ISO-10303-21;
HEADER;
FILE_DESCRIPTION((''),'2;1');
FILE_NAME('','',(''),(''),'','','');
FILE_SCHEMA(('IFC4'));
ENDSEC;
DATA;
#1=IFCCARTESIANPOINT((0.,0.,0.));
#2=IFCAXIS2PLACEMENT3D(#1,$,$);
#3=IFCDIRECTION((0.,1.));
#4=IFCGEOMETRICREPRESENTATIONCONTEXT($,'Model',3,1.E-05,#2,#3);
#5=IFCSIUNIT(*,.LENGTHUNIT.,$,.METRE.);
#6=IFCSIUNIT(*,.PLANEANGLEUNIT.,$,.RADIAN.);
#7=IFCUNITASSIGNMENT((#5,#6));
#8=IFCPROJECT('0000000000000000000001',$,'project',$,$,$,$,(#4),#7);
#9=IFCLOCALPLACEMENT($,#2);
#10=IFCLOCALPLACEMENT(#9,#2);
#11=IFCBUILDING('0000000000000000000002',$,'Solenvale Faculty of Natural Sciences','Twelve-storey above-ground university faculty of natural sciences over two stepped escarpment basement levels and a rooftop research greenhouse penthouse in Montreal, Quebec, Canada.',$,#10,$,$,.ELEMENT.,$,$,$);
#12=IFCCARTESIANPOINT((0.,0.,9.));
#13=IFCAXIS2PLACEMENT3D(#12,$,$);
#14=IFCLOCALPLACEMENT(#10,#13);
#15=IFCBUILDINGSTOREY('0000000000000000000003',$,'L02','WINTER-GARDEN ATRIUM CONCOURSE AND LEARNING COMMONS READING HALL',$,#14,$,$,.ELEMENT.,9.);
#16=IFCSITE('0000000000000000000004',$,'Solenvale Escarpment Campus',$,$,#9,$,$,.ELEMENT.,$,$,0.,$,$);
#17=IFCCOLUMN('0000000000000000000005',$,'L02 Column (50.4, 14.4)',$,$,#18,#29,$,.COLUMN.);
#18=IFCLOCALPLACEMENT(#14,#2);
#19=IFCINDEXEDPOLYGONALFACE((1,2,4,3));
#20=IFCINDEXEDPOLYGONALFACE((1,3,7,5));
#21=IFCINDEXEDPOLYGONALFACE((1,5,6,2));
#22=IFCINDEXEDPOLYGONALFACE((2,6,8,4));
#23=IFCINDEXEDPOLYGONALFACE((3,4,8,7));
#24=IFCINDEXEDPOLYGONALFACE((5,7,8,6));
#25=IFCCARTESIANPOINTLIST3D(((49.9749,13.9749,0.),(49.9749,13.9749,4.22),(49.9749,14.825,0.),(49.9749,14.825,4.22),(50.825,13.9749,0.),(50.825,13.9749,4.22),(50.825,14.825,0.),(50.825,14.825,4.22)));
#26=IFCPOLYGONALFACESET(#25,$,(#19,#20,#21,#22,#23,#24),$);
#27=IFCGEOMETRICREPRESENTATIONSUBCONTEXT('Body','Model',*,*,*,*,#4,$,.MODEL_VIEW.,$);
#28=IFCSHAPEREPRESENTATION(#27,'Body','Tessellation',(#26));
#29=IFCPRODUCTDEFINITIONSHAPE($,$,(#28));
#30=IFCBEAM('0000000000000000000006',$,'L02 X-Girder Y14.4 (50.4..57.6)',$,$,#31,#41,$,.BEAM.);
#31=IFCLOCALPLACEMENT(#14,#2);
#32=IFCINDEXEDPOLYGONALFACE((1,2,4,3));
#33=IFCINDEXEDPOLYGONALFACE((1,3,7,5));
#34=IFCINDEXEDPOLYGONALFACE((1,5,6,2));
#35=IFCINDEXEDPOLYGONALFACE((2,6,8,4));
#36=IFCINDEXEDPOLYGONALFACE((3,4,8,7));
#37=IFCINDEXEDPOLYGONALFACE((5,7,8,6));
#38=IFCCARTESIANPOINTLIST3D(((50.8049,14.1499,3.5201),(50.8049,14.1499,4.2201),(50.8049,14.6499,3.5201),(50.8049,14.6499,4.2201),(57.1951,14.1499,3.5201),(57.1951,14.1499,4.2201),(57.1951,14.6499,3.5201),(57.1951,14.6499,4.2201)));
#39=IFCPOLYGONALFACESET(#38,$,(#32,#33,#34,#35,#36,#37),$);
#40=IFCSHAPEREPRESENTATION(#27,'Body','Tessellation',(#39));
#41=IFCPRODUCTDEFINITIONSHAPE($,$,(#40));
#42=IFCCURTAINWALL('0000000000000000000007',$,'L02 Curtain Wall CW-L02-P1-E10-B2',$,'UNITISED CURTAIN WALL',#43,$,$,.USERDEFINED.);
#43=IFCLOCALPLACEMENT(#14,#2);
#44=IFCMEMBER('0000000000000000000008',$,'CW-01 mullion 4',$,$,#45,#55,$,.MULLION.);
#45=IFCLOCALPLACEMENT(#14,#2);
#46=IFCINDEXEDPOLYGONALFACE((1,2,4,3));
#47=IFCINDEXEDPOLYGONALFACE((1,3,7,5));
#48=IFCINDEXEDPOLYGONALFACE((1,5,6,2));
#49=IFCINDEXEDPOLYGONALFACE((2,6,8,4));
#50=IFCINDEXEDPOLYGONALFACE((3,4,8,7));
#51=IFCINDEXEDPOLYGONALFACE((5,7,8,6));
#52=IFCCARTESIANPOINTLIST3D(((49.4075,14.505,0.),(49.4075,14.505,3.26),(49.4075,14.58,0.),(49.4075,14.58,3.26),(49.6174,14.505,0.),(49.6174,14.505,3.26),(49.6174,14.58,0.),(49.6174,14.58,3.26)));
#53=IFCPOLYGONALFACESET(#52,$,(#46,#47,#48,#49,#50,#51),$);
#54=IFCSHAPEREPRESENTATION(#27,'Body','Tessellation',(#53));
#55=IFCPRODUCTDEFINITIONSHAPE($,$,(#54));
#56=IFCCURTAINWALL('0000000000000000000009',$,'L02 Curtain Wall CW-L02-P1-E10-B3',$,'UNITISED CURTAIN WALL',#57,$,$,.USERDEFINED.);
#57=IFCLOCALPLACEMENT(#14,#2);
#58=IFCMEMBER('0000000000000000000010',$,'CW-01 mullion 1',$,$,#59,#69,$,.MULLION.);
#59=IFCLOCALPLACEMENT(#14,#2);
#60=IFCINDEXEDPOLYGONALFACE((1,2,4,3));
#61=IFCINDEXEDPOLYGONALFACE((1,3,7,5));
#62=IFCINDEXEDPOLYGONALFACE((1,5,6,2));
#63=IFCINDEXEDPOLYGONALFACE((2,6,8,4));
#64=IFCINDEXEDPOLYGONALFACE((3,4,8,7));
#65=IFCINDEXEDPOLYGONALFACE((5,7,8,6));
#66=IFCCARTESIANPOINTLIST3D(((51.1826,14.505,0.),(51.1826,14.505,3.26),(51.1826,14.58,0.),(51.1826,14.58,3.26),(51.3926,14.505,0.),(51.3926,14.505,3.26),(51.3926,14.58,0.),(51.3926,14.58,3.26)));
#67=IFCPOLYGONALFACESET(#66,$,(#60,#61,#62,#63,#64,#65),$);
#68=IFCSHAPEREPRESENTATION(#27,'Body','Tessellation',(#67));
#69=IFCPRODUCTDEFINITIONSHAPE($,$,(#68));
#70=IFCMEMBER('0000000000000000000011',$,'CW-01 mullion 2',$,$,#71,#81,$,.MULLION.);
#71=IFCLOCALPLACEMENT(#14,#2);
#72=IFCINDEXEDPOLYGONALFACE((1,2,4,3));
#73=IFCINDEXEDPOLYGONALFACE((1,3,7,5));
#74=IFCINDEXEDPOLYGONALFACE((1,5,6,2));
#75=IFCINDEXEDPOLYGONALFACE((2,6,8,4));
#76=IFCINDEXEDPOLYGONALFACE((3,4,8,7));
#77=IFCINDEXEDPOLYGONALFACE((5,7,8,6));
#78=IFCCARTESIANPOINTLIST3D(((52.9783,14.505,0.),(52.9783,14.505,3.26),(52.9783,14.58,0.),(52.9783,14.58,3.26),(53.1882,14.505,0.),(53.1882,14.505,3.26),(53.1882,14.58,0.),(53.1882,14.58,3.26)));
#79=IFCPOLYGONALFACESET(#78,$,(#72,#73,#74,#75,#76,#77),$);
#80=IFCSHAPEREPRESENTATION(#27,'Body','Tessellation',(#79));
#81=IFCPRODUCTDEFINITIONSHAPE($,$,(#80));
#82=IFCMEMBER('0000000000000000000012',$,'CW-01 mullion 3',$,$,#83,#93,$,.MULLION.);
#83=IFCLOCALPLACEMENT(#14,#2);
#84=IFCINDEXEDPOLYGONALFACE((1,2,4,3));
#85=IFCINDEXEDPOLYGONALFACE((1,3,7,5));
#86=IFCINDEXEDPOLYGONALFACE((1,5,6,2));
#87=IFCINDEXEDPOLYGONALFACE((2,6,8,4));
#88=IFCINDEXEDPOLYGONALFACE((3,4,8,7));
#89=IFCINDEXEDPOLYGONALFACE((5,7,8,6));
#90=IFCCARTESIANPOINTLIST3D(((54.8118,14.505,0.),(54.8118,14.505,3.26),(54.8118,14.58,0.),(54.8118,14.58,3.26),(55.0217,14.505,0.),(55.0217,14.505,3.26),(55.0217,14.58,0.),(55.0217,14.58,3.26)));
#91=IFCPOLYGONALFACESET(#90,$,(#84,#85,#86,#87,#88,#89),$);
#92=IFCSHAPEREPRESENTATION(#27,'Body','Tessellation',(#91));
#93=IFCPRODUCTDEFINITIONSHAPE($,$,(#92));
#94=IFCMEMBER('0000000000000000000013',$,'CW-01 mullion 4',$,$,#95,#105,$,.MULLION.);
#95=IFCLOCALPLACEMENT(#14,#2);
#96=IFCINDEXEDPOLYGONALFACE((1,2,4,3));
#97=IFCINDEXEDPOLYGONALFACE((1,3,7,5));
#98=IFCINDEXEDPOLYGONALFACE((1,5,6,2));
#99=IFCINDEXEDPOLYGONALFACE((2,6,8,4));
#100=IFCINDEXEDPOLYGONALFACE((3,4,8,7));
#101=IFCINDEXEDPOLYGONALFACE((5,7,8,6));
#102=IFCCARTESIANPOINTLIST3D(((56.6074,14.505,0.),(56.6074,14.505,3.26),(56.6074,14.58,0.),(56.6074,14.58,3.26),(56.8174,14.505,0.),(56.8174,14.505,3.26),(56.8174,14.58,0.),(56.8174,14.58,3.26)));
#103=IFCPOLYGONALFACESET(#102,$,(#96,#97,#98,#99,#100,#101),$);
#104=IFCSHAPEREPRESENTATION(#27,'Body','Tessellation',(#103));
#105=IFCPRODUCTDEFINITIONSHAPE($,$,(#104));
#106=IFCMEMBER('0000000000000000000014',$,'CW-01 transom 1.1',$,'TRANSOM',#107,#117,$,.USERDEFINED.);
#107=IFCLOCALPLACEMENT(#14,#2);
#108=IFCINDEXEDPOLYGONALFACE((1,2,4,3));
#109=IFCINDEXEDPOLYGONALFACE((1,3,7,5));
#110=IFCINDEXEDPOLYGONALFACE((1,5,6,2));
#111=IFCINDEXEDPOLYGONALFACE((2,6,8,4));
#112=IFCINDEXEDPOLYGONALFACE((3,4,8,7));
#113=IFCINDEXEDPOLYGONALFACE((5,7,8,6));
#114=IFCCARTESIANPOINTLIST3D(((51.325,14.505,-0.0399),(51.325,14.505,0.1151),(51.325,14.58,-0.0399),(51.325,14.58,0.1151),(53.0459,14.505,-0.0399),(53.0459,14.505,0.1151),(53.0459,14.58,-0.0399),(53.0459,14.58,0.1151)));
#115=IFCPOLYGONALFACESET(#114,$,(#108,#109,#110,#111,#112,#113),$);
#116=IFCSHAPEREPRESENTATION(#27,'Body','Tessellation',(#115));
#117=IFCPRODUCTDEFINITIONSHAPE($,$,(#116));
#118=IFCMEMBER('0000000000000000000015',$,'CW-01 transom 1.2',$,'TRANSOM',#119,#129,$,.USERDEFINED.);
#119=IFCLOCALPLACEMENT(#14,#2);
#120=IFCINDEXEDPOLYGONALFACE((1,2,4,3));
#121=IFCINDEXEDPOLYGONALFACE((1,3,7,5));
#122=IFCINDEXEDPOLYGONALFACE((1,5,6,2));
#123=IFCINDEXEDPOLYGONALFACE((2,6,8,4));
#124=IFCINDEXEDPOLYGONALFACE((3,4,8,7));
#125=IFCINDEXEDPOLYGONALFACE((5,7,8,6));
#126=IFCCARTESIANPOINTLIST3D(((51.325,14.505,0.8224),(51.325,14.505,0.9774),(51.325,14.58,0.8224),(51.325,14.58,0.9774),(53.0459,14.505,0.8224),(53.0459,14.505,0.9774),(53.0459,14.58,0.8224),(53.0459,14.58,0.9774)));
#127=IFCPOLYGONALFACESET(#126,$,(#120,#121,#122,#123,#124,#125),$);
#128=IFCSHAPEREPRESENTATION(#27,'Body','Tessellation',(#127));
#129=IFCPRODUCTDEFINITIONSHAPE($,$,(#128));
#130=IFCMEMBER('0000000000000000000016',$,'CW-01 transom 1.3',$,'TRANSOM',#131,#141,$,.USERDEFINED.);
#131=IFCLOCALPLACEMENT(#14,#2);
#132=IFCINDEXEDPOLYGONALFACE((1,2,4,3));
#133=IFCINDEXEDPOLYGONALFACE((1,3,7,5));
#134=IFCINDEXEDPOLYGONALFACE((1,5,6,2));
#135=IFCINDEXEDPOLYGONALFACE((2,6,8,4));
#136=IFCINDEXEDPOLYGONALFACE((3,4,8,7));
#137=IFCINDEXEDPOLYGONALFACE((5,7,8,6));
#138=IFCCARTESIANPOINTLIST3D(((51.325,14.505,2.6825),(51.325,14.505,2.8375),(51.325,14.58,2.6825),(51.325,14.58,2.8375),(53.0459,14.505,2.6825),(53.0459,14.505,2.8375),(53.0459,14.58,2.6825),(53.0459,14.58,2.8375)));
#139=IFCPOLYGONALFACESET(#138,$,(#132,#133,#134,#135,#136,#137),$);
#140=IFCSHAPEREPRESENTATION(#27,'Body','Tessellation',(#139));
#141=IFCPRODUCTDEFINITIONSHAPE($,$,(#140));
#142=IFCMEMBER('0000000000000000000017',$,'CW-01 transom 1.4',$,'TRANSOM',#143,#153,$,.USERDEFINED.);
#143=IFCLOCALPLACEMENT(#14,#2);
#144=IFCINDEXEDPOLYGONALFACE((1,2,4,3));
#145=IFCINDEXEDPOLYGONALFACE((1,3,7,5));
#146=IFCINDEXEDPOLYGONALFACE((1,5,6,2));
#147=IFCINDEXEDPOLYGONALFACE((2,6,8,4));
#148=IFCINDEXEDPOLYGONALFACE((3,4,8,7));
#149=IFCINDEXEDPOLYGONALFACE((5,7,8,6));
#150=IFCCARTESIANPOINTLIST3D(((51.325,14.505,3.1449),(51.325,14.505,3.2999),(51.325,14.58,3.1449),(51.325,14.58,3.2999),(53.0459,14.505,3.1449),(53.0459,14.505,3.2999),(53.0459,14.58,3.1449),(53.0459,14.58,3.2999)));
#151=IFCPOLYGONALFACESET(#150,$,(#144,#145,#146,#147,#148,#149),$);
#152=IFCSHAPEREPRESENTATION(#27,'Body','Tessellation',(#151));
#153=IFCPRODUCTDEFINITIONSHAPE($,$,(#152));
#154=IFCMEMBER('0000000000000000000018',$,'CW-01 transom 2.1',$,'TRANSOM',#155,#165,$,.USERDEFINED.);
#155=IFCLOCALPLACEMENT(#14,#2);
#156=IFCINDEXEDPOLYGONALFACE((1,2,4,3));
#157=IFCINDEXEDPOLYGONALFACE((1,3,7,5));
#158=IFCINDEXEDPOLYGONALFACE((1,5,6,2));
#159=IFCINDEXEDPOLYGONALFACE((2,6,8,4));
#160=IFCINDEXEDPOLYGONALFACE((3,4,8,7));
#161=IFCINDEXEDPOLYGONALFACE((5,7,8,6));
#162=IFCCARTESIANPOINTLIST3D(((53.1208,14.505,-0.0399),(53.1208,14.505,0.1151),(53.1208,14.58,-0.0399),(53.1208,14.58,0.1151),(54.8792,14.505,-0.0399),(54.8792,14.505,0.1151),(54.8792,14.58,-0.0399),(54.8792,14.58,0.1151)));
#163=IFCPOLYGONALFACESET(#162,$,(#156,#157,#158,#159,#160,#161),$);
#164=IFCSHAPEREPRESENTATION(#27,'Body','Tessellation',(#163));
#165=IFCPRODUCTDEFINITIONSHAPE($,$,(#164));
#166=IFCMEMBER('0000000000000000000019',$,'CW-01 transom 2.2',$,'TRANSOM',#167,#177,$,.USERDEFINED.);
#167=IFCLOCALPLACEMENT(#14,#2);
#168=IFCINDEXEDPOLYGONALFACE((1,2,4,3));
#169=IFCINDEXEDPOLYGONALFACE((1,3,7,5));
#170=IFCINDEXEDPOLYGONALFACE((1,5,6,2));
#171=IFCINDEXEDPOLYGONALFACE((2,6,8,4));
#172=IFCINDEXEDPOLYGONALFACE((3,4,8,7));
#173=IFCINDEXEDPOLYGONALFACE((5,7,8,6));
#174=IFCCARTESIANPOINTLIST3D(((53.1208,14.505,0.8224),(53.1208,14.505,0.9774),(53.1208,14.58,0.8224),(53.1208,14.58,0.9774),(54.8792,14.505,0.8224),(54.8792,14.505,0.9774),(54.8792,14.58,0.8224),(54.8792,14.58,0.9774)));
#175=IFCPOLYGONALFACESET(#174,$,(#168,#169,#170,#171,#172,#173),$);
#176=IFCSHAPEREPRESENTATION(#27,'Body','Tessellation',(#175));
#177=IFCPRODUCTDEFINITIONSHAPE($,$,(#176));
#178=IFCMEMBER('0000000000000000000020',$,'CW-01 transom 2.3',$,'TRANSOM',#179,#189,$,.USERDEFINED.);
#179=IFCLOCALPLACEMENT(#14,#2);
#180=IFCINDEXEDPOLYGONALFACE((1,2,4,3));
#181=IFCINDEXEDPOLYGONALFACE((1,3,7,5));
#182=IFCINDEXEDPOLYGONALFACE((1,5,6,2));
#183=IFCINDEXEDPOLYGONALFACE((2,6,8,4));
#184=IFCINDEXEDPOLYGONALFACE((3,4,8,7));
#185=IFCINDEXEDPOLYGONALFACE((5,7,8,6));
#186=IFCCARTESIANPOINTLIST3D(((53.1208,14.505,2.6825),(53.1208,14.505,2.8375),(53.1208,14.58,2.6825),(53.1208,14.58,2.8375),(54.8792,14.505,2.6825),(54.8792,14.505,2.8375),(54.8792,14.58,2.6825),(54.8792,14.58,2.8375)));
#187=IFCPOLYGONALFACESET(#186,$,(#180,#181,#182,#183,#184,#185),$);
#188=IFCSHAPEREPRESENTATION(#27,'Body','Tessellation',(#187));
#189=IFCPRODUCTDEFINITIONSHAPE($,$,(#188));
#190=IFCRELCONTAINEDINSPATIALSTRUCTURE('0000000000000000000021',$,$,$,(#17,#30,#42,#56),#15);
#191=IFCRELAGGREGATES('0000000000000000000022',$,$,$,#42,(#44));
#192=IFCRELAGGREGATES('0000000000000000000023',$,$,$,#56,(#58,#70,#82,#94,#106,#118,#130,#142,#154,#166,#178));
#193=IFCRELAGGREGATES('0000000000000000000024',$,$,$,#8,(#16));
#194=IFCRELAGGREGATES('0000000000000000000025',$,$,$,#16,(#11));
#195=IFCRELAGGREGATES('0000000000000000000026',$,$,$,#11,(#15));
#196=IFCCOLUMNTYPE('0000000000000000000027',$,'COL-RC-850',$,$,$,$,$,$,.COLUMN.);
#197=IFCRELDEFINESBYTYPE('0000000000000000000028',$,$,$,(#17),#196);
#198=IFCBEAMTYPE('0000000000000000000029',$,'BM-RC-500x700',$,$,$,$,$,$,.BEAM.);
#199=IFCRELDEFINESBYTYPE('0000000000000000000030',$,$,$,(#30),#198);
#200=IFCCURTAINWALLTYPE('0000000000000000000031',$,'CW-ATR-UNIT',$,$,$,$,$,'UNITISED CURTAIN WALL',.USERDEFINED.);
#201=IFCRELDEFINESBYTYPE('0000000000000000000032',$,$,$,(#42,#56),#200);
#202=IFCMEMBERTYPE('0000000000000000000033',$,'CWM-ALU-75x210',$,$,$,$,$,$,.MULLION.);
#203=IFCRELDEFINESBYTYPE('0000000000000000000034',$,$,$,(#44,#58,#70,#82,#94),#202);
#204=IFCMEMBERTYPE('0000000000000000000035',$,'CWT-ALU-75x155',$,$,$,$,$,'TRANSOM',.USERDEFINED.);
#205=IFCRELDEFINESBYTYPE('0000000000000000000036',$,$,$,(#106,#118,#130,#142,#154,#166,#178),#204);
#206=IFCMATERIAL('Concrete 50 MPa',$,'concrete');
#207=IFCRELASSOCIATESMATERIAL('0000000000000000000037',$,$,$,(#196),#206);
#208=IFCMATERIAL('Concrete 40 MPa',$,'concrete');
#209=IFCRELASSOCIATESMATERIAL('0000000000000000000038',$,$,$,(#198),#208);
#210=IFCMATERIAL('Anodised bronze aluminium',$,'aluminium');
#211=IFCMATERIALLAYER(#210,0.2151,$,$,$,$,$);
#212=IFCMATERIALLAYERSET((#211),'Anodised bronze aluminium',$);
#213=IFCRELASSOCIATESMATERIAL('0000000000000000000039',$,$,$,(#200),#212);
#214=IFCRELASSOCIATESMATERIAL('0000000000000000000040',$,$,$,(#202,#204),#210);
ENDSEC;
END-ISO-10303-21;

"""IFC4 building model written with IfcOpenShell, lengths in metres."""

from ifc_helpers import new_model, si_unit, direction, frame, origin, origin_2d, place, context, subcontext, project, spatial, rectangle, extrude, material, layer, layer_set, material_profile, profile_set, type_object, element, aggregate, save


model = new_model("IFC4")

# Units and contexts
model_context = context("Model", 3, precision=1e-05, world=origin(), true_north=direction((0.0, 1.0)))
body_context = subcontext(model_context, "Body", "Model", "MODEL_VIEW")
ifc_project = project(units=[si_unit("LENGTHUNIT", "METRE"), si_unit("PLANEANGLEUNIT", "RADIAN")], contexts=[model_context])

# Site, building, storey
site_placement = place(None, origin())
site = spatial("IfcSite", under=ifc_project, at=site_placement, Name="Solenvale Escarpment Campus", CompositionType="ELEMENT", RefElevation=0.0)
building_placement = place(site_placement, origin())
building = spatial("IfcBuilding", under=site, at=building_placement, Name="Solenvale Faculty of Natural Sciences", Description="Twelve-storey above-ground university faculty of natural sciences over two stepped escarpment basement levels and a rooftop research greenhouse penthouse in Montreal, Quebec, Canada.", CompositionType="ELEMENT")
storey_placement = place(building_placement, frame((0.0, 0.0, 9.0)))
storey = spatial("IfcBuildingStorey", under=building, at=storey_placement, Name="L02", Description="WINTER-GARDEN ATRIUM CONCOURSE AND LEARNING COMMONS READING HALL", CompositionType="ELEMENT", Elevation=9.0)

# Column
ifc_material_1 = material(Name="Concrete 50 MPa", Category="concrete")
ifc_material_profile_1 = material_profile(ifc_material_1, rectangle(XDim=0.8501, YDim=0.8501, at=origin_2d()), Name="RC-COL-850x850")
ifc_profile_set_1 = profile_set([ifc_material_profile_1], Name="Concrete 50 MPa")
column_type = type_object("IfcColumnType", Name="COL-RC-850", PredefinedType="COLUMN", material=ifc_profile_set_1)
column_placement = place(storey_placement, frame((50.3999, 14.3999, 0.0), z_axis=(0.0, 0.0, 1.0), x_axis=(1.0, 0.0, 0.0)))
element("IfcColumn", 1, at=column_placement, inside=storey, type_object=column_type, Name="L02 Column (50.4, 14.4)", PredefinedType="COLUMN", context=body_context, shape_type="SweptSolid", body=[
    extrude(rectangle(XDim=0.8501, YDim=0.8501, at=origin_2d()), origin(), (0.0, 0.0, 1.0), 4.22),
])

# Beam
ifc_material_2 = material(Name="Concrete 40 MPa", Category="concrete")
ifc_material_profile_2 = material_profile(ifc_material_2, rectangle(XDim=0.5, YDim=0.7, at=origin_2d()), Name="RC-BM-500x700")
ifc_profile_set_2 = profile_set([ifc_material_profile_2], Name="Concrete 40 MPa")
beam_type = type_object("IfcBeamType", Name="BM-RC-500x700", PredefinedType="BEAM", material=ifc_profile_set_2)
beam_placement = place(storey_placement, frame((50.8049, 14.3999, 3.8701), z_axis=(1.0, 0.0, 0.0), x_axis=(0.0, 1.0, 0.0)))
element("IfcBeam", 2, at=beam_placement, inside=storey, type_object=beam_type, Name="L02 X-Girder Y14.4 (50.4..57.6)", PredefinedType="BEAM", context=body_context, shape_type="SweptSolid", body=[
    extrude(rectangle(XDim=0.5, YDim=0.7, at=origin_2d()), origin(), (0.0, 0.0, 1.0), 6.3901),
])

# Curtain wall, member
ifc_material_3 = material(Name="Anodised bronze aluminium", Category="aluminium")
ifc_layer_1 = layer(ifc_material_3, 0.2151)
ifc_layer_set_1 = layer_set([ifc_layer_1], Name="Anodised bronze aluminium")
curtain_wall_type = type_object("IfcCurtainWallType", Name="CW-ATR-UNIT", ElementType="UNITISED CURTAIN WALL", PredefinedType="USERDEFINED", material=ifc_layer_set_1)
curtain_wall_1_placement = place(storey_placement, origin())
curtain_wall_1 = element("IfcCurtainWall", 3, at=curtain_wall_1_placement, inside=storey, type_object=curtain_wall_type, Name="L02 Curtain Wall CW-L02-P1-E10-B2", ObjectType="UNITISED CURTAIN WALL", PredefinedType="USERDEFINED")
ifc_material_profile_3 = material_profile(ifc_material_3, rectangle(XDim=0.075, YDim=0.21, at=origin_2d()), Name="ALU-MUL-75x210")
ifc_profile_set_3 = profile_set([ifc_material_profile_3], Name="Anodised bronze aluminium")
member_type_1 = type_object("IfcMemberType", Name="CWM-ALU-75x210", PredefinedType="MULLION", material=ifc_profile_set_3)
member_1_placement = place(storey_placement, frame((49.5125, 14.5425, 0.0), z_axis=(0.0, 0.0, 1.0), x_axis=(0.0, 1.0, 0.0)))
member_1 = element("IfcMember", 4, at=member_1_placement, type_object=member_type_1, Name="CW-01 mullion 4", PredefinedType="MULLION", context=body_context, shape_type="SweptSolid", body=[
    extrude(rectangle(XDim=0.075, YDim=0.21, at=origin_2d()), origin(), (0.0, 0.0, 1.0), 3.26),
])
aggregate(curtain_wall_1, [member_1])

# Curtain wall, members
curtain_wall_2_placement = place(storey_placement, origin())
curtain_wall_2 = element("IfcCurtainWall", 5, at=curtain_wall_2_placement, inside=storey, type_object=curtain_wall_type, Name="L02 Curtain Wall CW-L02-P1-E10-B3", ObjectType="UNITISED CURTAIN WALL", PredefinedType="USERDEFINED")
member_2_placement = place(storey_placement, frame((51.2876, 14.5425, 0.0), z_axis=(0.0, 0.0, 1.0), x_axis=(0.0, 1.0, 0.0)))
member_2 = element("IfcMember", 6, at=member_2_placement, type_object=member_type_1, Name="CW-01 mullion 1", PredefinedType="MULLION", context=body_context, shape_type="SweptSolid", body=[
    extrude(rectangle(XDim=0.075, YDim=0.21, at=origin_2d()), origin(), (0.0, 0.0, 1.0), 3.26),
])
member_3_placement = place(storey_placement, frame((53.0833, 14.5425, 0.0), z_axis=(0.0, 0.0, 1.0), x_axis=(0.0, 1.0, 0.0)))
member_3 = element("IfcMember", 7, at=member_3_placement, type_object=member_type_1, Name="CW-01 mullion 2", PredefinedType="MULLION", context=body_context, shape_type="SweptSolid", body=[
    extrude(rectangle(XDim=0.075, YDim=0.21, at=origin_2d()), origin(), (0.0, 0.0, 1.0), 3.26),
])
member_4_placement = place(storey_placement, frame((54.9167, 14.5425, 0.0), z_axis=(0.0, 0.0, 1.0), x_axis=(0.0, 1.0, 0.0)))
member_4 = element("IfcMember", 8, at=member_4_placement, type_object=member_type_1, Name="CW-01 mullion 3", PredefinedType="MULLION", context=body_context, shape_type="SweptSolid", body=[
    extrude(rectangle(XDim=0.075, YDim=0.21, at=origin_2d()), origin(), (0.0, 0.0, 1.0), 3.26),
])
member_5_placement = place(storey_placement, frame((56.7124, 14.5425, 0.0), z_axis=(0.0, 0.0, 1.0), x_axis=(0.0, 1.0, 0.0)))
member_5 = element("IfcMember", 9, at=member_5_placement, type_object=member_type_1, Name="CW-01 mullion 4", PredefinedType="MULLION", context=body_context, shape_type="SweptSolid", body=[
    extrude(rectangle(XDim=0.075, YDim=0.21, at=origin_2d()), origin(), (0.0, 0.0, 1.0), 3.26),
])
ifc_material_profile_4 = material_profile(ifc_material_3, rectangle(XDim=0.075, YDim=0.155, at=origin_2d()), Name="ALU-TRN-75x155")
ifc_profile_set_4 = profile_set([ifc_material_profile_4], Name="Anodised bronze aluminium")
member_type_2 = type_object("IfcMemberType", Name="CWT-ALU-75x155", ElementType="TRANSOM", PredefinedType="USERDEFINED", material=ifc_profile_set_4)
member_6_placement = place(storey_placement, frame((51.325, 14.5425, 0.0376), z_axis=(1.0, 0.0, 0.0), x_axis=(0.0, 1.0, 0.0)))
member_6 = element("IfcMember", 10, at=member_6_placement, type_object=member_type_2, Name="CW-01 transom 1.1", ObjectType="TRANSOM", PredefinedType="USERDEFINED", context=body_context, shape_type="SweptSolid", body=[
    extrude(rectangle(XDim=0.075, YDim=0.155, at=origin_2d()), origin(), (0.0, 0.0, 1.0), 1.7209),
])
member_7_placement = place(storey_placement, frame((51.325, 14.5425, 0.8999), z_axis=(1.0, 0.0, 0.0), x_axis=(0.0, 1.0, 0.0)))
member_7 = element("IfcMember", 11, at=member_7_placement, type_object=member_type_2, Name="CW-01 transom 1.2", ObjectType="TRANSOM", PredefinedType="USERDEFINED", context=body_context, shape_type="SweptSolid", body=[
    extrude(rectangle(XDim=0.075, YDim=0.155, at=origin_2d()), origin(), (0.0, 0.0, 1.0), 1.7209),
])
member_8_placement = place(storey_placement, frame((51.325, 14.5425, 2.76), z_axis=(1.0, 0.0, 0.0), x_axis=(0.0, 1.0, 0.0)))
member_8 = element("IfcMember", 12, at=member_8_placement, type_object=member_type_2, Name="CW-01 transom 1.3", ObjectType="TRANSOM", PredefinedType="USERDEFINED", context=body_context, shape_type="SweptSolid", body=[
    extrude(rectangle(XDim=0.075, YDim=0.155, at=origin_2d()), origin(), (0.0, 0.0, 1.0), 1.7209),
])
member_9_placement = place(storey_placement, frame((51.325, 14.5425, 3.2224), z_axis=(1.0, 0.0, 0.0), x_axis=(0.0, 1.0, 0.0)))
member_9 = element("IfcMember", 13, at=member_9_placement, type_object=member_type_2, Name="CW-01 transom 1.4", ObjectType="TRANSOM", PredefinedType="USERDEFINED", context=body_context, shape_type="SweptSolid", body=[
    extrude(rectangle(XDim=0.075, YDim=0.155, at=origin_2d()), origin(), (0.0, 0.0, 1.0), 1.7209),
])
member_10_placement = place(storey_placement, frame((53.1208, 14.5425, 0.0376), z_axis=(1.0, 0.0, 0.0), x_axis=(0.0, 1.0, 0.0)))
member_10 = element("IfcMember", 14, at=member_10_placement, type_object=member_type_2, Name="CW-01 transom 2.1", ObjectType="TRANSOM", PredefinedType="USERDEFINED", context=body_context, shape_type="SweptSolid", body=[
    extrude(rectangle(XDim=0.075, YDim=0.155, at=origin_2d()), origin(), (0.0, 0.0, 1.0), 1.7583),
])
member_11_placement = place(storey_placement, frame((53.1208, 14.5425, 0.8999), z_axis=(1.0, 0.0, 0.0), x_axis=(0.0, 1.0, 0.0)))
member_11 = element("IfcMember", 15, at=member_11_placement, type_object=member_type_2, Name="CW-01 transom 2.2", ObjectType="TRANSOM", PredefinedType="USERDEFINED", context=body_context, shape_type="SweptSolid", body=[
    extrude(rectangle(XDim=0.075, YDim=0.155, at=origin_2d()), origin(), (0.0, 0.0, 1.0), 1.7583),
])
member_12_placement = place(storey_placement, frame((53.1208, 14.5425, 2.76), z_axis=(1.0, 0.0, 0.0), x_axis=(0.0, 1.0, 0.0)))
member_12 = element("IfcMember", 16, at=member_12_placement, type_object=member_type_2, Name="CW-01 transom 2.3", ObjectType="TRANSOM", PredefinedType="USERDEFINED", context=body_context, shape_type="SweptSolid", body=[
    extrude(rectangle(XDim=0.075, YDim=0.155, at=origin_2d()), origin(), (0.0, 0.0, 1.0), 1.7583),
])
aggregate(curtain_wall_2, [member_2, member_3, member_4, member_5, member_6, member_7, member_8, member_9, member_10, member_11, member_12])

save(model, "model.ifc")
